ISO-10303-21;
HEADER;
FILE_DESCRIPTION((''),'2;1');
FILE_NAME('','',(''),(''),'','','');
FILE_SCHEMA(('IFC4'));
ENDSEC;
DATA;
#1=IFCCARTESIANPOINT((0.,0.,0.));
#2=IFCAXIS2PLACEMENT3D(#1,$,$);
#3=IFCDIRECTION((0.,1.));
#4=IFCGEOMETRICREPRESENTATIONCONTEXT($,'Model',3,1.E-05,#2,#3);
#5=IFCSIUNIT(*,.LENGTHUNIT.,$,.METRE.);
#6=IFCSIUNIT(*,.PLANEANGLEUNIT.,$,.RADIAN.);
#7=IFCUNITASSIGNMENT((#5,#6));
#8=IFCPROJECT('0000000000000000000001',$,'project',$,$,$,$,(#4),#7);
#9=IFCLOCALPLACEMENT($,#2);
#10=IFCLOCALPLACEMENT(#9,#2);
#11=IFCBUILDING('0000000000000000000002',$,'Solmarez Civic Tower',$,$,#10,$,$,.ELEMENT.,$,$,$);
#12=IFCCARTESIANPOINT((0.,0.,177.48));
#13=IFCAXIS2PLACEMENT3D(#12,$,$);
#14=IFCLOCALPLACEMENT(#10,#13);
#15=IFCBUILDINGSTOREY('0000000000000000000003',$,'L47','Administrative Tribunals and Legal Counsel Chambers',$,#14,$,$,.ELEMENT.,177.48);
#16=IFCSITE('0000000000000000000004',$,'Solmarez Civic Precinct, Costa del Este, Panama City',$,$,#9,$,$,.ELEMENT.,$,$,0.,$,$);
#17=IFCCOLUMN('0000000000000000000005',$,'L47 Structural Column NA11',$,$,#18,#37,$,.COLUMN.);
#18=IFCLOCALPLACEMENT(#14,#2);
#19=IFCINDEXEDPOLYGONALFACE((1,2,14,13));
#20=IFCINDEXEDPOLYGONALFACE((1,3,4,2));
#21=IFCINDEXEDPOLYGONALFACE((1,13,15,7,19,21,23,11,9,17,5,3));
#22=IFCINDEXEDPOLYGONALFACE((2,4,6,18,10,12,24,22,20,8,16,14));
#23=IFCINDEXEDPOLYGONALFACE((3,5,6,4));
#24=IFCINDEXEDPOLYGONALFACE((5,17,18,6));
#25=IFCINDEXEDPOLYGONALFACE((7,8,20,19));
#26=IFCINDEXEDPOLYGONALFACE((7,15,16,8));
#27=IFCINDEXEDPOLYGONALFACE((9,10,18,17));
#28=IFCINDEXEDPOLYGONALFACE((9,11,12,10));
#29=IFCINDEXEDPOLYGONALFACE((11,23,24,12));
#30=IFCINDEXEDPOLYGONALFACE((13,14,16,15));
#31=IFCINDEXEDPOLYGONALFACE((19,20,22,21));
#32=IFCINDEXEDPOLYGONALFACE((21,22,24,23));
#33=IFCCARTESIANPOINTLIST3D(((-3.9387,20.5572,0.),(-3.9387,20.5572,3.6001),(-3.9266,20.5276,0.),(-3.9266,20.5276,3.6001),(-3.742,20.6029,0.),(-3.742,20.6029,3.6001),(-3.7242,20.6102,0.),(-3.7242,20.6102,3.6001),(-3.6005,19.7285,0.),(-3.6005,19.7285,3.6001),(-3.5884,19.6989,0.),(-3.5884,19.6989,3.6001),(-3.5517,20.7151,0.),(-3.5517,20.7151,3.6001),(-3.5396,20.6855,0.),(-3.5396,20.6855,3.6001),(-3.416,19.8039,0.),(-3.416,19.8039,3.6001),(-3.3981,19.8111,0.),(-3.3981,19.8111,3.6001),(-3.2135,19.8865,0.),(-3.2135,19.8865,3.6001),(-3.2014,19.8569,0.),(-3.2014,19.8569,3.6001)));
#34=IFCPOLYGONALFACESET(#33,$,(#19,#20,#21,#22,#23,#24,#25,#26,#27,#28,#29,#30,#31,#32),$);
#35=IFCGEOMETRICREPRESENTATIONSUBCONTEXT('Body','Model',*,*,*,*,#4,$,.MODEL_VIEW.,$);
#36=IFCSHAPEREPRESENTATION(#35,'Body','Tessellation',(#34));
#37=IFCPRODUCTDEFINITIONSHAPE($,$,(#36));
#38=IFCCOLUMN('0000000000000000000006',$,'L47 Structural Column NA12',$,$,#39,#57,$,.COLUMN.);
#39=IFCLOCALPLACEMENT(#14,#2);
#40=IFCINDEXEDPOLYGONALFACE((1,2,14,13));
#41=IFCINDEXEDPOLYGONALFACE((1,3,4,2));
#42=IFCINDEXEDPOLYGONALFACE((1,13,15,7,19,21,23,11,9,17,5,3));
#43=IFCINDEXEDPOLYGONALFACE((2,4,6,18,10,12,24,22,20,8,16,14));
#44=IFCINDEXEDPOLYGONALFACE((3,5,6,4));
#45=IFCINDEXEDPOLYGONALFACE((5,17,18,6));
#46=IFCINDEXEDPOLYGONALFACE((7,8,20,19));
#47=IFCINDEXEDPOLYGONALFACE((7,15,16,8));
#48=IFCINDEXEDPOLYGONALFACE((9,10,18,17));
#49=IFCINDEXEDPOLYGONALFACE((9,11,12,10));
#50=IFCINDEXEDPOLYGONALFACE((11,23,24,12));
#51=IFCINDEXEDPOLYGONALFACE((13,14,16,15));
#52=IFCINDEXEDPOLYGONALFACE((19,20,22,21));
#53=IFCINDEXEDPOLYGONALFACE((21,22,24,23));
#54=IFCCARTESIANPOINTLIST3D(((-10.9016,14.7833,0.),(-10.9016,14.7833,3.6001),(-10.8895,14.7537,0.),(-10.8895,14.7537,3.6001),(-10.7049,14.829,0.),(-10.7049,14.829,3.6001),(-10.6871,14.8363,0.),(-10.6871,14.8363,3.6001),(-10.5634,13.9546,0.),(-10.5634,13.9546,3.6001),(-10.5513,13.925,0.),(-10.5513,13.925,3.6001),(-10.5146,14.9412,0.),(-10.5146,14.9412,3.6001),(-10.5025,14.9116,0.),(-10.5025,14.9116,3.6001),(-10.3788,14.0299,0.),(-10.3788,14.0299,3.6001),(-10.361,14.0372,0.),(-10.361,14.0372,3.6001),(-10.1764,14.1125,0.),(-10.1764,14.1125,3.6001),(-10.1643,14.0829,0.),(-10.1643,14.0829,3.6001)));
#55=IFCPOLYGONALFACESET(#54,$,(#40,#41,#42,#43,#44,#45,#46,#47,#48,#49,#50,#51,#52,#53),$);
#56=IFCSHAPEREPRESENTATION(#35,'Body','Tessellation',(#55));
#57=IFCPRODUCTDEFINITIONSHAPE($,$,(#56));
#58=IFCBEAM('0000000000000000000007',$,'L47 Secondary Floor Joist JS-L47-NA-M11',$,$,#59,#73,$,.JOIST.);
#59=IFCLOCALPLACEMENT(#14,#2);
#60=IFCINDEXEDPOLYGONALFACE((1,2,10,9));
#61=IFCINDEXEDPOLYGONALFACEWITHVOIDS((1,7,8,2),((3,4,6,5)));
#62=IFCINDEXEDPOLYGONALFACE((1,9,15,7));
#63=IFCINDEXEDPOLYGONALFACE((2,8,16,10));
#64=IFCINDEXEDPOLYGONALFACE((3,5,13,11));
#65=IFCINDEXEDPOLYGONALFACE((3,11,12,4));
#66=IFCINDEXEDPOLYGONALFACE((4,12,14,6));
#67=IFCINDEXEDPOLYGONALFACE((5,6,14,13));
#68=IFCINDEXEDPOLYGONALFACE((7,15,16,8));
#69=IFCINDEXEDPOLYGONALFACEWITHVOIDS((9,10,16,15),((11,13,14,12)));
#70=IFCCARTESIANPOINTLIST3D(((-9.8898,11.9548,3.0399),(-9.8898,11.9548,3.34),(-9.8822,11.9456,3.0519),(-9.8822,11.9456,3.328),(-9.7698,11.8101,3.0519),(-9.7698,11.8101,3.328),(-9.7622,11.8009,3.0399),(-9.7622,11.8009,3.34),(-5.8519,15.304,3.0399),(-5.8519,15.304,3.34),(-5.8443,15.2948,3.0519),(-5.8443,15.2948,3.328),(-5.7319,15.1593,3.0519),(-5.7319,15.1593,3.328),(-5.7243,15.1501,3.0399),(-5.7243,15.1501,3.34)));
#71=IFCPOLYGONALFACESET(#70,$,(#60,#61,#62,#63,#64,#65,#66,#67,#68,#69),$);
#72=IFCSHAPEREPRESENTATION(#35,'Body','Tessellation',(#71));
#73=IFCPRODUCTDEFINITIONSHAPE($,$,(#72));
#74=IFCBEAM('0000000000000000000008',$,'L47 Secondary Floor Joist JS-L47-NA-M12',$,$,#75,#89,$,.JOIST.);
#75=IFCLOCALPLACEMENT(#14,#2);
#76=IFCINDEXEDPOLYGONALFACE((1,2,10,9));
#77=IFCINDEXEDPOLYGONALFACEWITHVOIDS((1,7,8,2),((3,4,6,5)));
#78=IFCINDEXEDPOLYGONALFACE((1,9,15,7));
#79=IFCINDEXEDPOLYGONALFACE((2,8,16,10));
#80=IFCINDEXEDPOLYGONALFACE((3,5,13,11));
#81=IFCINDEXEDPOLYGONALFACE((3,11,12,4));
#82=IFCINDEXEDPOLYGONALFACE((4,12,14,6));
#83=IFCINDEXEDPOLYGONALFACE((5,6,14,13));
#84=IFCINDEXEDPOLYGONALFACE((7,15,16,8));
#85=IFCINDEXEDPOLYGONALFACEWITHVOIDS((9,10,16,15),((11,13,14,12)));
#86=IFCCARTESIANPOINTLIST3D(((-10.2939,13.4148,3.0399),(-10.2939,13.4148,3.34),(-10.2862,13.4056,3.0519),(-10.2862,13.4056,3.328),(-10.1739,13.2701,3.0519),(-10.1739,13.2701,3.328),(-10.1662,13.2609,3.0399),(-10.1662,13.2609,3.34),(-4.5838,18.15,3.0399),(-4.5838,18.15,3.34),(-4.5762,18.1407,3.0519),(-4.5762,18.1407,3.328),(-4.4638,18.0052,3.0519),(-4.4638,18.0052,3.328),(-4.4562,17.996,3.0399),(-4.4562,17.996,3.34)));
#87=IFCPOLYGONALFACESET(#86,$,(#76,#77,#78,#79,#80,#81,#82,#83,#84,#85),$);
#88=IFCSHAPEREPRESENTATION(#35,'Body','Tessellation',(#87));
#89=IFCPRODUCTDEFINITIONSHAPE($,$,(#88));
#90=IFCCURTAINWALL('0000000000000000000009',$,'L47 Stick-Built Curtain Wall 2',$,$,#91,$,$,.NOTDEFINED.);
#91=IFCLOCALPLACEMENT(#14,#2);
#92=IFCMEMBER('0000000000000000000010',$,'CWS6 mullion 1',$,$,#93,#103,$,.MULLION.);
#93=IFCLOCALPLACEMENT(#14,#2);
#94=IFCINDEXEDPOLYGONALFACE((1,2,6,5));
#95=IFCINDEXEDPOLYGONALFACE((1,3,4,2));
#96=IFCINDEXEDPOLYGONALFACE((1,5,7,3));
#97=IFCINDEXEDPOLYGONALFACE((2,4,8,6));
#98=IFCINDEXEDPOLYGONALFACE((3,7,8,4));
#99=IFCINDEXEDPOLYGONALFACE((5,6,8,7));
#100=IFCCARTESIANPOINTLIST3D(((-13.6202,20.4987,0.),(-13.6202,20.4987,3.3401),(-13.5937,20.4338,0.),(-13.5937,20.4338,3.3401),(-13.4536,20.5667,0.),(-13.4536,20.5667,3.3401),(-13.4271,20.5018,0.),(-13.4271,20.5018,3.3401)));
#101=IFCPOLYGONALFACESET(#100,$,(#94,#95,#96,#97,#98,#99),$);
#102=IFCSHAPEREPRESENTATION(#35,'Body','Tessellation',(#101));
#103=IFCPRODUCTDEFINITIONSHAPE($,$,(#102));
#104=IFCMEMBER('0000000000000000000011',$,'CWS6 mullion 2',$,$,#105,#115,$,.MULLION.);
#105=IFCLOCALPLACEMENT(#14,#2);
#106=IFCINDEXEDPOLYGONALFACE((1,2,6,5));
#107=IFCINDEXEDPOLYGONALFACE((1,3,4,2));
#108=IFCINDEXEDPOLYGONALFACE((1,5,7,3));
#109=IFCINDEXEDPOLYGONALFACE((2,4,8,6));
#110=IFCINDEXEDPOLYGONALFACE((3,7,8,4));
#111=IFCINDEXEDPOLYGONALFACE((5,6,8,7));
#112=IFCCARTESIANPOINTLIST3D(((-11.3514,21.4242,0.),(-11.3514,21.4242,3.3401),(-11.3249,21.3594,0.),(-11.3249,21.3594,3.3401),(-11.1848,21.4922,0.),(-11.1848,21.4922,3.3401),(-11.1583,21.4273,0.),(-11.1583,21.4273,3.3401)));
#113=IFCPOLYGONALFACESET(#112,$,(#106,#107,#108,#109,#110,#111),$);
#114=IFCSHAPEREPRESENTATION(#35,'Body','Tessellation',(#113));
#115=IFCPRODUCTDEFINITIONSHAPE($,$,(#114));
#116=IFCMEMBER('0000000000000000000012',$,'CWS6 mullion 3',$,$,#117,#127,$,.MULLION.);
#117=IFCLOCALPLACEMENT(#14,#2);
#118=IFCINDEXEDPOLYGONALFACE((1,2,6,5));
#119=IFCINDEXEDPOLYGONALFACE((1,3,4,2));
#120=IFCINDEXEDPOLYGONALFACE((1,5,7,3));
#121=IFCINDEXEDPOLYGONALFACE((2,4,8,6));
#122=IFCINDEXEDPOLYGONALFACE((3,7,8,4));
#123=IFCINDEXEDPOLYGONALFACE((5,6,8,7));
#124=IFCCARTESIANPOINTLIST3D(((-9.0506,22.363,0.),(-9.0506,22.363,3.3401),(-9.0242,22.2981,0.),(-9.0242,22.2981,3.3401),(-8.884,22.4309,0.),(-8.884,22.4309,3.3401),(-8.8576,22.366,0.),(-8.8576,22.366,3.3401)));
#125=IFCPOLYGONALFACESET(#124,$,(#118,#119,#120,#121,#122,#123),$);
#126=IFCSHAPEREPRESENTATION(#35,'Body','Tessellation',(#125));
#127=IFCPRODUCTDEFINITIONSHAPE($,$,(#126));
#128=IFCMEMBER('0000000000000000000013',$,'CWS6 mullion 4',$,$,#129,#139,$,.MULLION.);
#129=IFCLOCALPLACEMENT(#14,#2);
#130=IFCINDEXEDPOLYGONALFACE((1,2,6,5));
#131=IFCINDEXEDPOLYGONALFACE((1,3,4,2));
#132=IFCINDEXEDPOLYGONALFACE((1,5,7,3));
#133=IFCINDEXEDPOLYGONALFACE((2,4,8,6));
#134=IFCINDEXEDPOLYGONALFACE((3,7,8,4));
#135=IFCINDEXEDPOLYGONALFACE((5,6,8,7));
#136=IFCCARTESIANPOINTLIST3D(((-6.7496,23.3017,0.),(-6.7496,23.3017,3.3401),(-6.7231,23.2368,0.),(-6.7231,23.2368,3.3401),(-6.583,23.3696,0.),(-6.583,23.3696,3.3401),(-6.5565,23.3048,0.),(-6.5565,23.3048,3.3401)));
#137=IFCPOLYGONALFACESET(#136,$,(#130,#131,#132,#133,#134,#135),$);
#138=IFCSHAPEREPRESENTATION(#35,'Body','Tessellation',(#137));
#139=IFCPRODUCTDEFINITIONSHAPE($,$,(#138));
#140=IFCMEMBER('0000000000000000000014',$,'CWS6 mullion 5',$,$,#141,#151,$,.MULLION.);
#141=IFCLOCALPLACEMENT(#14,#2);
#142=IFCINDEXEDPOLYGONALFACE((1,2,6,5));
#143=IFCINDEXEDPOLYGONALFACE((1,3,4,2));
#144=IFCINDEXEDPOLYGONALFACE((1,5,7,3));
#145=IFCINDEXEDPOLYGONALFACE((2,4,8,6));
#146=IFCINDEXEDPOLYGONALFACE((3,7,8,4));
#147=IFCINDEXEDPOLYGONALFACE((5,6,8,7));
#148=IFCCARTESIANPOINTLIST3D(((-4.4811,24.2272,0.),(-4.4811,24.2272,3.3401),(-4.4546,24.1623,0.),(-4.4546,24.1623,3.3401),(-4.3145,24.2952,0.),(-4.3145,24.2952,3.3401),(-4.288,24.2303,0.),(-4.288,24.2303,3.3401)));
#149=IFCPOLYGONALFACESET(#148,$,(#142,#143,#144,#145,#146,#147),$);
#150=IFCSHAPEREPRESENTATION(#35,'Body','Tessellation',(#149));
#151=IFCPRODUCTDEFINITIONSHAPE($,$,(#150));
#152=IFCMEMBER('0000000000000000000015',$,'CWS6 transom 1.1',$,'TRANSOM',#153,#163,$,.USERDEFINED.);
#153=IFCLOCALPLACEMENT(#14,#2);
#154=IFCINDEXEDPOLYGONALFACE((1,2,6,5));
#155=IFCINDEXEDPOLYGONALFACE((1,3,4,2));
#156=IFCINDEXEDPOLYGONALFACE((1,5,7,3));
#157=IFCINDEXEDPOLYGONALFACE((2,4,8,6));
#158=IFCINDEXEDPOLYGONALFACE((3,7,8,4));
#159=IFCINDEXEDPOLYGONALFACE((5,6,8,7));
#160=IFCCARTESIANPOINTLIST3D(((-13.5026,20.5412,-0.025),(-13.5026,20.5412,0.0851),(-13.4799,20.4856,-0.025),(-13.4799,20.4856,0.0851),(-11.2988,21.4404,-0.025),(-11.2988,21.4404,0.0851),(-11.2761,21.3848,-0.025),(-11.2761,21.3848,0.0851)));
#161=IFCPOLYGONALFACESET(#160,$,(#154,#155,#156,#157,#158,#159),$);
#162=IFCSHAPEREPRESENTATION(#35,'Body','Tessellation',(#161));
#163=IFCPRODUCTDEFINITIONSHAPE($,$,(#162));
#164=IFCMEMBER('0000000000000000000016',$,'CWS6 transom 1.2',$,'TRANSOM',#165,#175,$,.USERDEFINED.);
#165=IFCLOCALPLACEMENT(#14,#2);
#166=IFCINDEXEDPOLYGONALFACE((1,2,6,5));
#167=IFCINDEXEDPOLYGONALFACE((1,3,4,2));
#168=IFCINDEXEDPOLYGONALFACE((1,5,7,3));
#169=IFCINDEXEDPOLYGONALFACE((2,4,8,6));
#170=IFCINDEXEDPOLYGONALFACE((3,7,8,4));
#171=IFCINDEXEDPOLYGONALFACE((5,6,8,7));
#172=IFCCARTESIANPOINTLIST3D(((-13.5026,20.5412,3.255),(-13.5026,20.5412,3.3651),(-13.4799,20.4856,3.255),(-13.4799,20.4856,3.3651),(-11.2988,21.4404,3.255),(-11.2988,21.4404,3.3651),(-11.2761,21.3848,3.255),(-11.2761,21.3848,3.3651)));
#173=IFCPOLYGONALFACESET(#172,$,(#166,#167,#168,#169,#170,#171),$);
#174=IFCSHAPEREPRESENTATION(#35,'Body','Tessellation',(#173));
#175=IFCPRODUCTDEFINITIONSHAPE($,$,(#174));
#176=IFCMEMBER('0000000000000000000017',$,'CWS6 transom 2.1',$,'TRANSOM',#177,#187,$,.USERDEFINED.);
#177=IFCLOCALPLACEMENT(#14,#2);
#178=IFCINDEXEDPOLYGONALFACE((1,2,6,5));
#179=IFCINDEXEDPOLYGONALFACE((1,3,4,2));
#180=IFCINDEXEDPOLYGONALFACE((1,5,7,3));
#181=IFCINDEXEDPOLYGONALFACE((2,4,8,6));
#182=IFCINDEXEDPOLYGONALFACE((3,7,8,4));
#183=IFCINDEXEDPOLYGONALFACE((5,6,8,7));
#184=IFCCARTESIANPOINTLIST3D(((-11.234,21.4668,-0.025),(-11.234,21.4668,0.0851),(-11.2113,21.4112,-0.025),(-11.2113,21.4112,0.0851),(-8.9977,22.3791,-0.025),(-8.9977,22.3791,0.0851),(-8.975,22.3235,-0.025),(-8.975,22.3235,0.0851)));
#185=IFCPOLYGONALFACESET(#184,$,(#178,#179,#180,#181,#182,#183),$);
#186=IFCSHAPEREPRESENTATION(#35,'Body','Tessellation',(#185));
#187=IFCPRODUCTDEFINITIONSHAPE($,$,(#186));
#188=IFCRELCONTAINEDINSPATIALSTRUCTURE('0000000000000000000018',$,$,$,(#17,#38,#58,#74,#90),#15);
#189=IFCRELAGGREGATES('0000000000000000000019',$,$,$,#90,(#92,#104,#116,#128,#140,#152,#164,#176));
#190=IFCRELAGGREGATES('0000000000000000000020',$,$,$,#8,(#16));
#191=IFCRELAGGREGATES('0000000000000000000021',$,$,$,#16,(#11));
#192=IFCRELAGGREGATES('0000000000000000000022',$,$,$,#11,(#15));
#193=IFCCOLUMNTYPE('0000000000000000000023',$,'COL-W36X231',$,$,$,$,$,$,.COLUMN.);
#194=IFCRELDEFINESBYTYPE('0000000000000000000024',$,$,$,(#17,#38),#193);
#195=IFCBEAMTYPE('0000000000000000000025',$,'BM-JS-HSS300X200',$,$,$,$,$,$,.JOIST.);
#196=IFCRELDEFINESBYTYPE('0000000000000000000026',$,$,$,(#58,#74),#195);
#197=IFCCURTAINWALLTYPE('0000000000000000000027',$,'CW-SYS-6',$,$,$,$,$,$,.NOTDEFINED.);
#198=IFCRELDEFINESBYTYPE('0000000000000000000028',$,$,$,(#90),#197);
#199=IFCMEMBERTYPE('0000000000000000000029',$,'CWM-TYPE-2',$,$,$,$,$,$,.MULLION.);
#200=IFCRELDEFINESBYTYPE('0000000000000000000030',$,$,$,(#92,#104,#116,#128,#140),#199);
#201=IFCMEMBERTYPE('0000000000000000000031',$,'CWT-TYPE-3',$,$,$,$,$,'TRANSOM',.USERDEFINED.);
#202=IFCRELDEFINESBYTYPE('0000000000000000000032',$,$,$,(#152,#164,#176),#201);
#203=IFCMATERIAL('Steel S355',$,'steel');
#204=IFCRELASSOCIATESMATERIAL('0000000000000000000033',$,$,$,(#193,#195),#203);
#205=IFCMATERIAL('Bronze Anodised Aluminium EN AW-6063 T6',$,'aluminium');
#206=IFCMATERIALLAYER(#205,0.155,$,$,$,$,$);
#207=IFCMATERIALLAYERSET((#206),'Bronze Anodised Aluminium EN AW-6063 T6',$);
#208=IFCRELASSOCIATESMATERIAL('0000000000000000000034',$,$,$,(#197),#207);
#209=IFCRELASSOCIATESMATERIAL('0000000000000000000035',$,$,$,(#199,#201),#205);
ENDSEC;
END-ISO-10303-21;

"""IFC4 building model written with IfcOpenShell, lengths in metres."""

from ifc_helpers import new_model, si_unit, direction, frame, origin, origin_2d, place, context, subcontext, project, spatial, rectangle, hollow_rectangle, i_section, extrude, material, layer, layer_set, material_profile, profile_set, type_object, element, aggregate, save


model = new_model("IFC4")

# Units and contexts
model_context = context("Model", 3, precision=1e-05, world=origin(), true_north=direction((0.0, 1.0)))
body_context = subcontext(model_context, "Body", "Model", "MODEL_VIEW")
ifc_project = project(units=[si_unit("LENGTHUNIT", "METRE"), si_unit("PLANEANGLEUNIT", "RADIAN")], contexts=[model_context])

# Site, building, storey
site_placement = place(None, origin())
site = spatial("IfcSite", under=ifc_project, at=site_placement, Name="Solmarez Civic Precinct, Costa del Este, Panama City", CompositionType="ELEMENT", RefElevation=0.0)
building_placement = place(site_placement, origin())
building = spatial("IfcBuilding", under=site, at=building_placement, Name="Solmarez Civic Tower", CompositionType="ELEMENT")
storey_placement = place(building_placement, frame((0.0, 0.0, 177.48)))
storey = spatial("IfcBuildingStorey", under=building, at=storey_placement, Name="L47", Description="Administrative Tribunals and Legal Counsel Chambers", CompositionType="ELEMENT", Elevation=177.48)

# Columns
ifc_material_1 = material(Name="Steel S355", Category="steel")
ifc_material_profile_1 = material_profile(ifc_material_1, i_section(OverallWidth=0.418, OverallDepth=0.927, WebThickness=0.0193, FlangeThickness=0.032, at=origin_2d()), Name="W36X231")
ifc_profile_set_1 = profile_set([ifc_material_profile_1], Name="Steel S355")
column_type = type_object("IfcColumnType", Name="COL-W36X231", PredefinedType="COLUMN", material=ifc_profile_set_1)
for number, where, z_axis, x_axis, name in (
    (1, (-3.5701, 20.207, 0.0), (0.0, 0.0, 1.0), (0.925871, 0.377841, 0.0), "L47 Structural Column NA11"),
    (2, (-10.533, 14.4331, 0.0), (0.0, 0.0, 1.0), (0.925871, 0.377841, 0.0), "L47 Structural Column NA12"),
):
    element("IfcColumn", number, at=place(storey_placement, frame(where, z_axis=z_axis, x_axis=x_axis)), inside=storey, type_object=column_type, Name=name, PredefinedType="COLUMN", context=body_context, shape_type="SweptSolid", body=[
        extrude(i_section(OverallWidth=0.418, OverallDepth=0.927, WebThickness=0.0193, FlangeThickness=0.032, at=origin_2d()), origin(), (0.0, 0.0, 1.0), 3.6001),
    ])

# Beams
ifc_material_profile_2 = material_profile(ifc_material_1, hollow_rectangle(XDim=0.2, YDim=0.3, WallThickness=0.012, at=origin_2d()), Name="HSS300X200X12")
ifc_profile_set_2 = profile_set([ifc_material_profile_2], Name="Steel S355")
beam_type = type_object("IfcBeamType", Name="BM-JS-HSS300X200", PredefinedType="JOIST", material=ifc_profile_set_2)
beam_1_placement = place(storey_placement, frame((-5.7881, 15.2271, 3.1899), z_axis=(-0.769695, -0.638411, 0.0), x_axis=(0.638411, -0.769695, 0.0)))
element("IfcBeam", 3, at=beam_1_placement, inside=storey, type_object=beam_type, Name="L47 Secondary Floor Joist JS-L47-NA-M11", PredefinedType="JOIST", context=body_context, shape_type="SweptSolid", body=[
    extrude(hollow_rectangle(XDim=0.2, YDim=0.3, WallThickness=0.012, at=origin_2d()), origin(), (0.0, 0.0, 1.0), 5.2461),
])
beam_2_placement = place(storey_placement, frame((-4.52, 18.073, 3.1899), z_axis=(-0.769757, -0.638337, 0.0), x_axis=(0.638337, -0.769757, 0.0)))
element("IfcBeam", 4, at=beam_2_placement, inside=storey, type_object=beam_type, Name="L47 Secondary Floor Joist JS-L47-NA-M12", PredefinedType="JOIST", context=body_context, shape_type="SweptSolid", body=[
    extrude(hollow_rectangle(XDim=0.2, YDim=0.3, WallThickness=0.012, at=origin_2d()), origin(), (0.0, 0.0, 1.0), 7.418),
])

# Curtain wall, members
ifc_material_2 = material(Name="Bronze Anodised Aluminium EN AW-6063 T6", Category="aluminium")
ifc_layer_1 = layer(ifc_material_2, 0.155)
ifc_layer_set_1 = layer_set([ifc_layer_1], Name="Bronze Anodised Aluminium EN AW-6063 T6")
curtain_wall_type = type_object("IfcCurtainWallType", Name="CW-SYS-6", PredefinedType="NOTDEFINED", material=ifc_layer_set_1)
curtain_wall_placement = place(storey_placement, origin())
curtain_wall = element("IfcCurtainWall", 5, at=curtain_wall_placement, inside=storey, type_object=curtain_wall_type, Name="L47 Stick-Built Curtain Wall 2", PredefinedType="NOTDEFINED")
ifc_material_profile_3 = material_profile(ifc_material_2, rectangle(XDim=0.0701, YDim=0.1799, at=origin_2d()), Name="CWM-70X180")
ifc_profile_set_3 = profile_set([ifc_material_profile_3], Name="Bronze Anodised Aluminium EN AW-6063 T6")
member_type_1 = type_object("IfcMemberType", Name="CWM-TYPE-2", PredefinedType="MULLION", material=ifc_profile_set_3)
member_1_placement = place(storey_placement, frame((-13.5237, 20.5002, 0.0), z_axis=(0.0, 0.0, 1.0), x_axis=(-0.377747, 0.925909, 0.0)))
member_1 = element("IfcMember", 6, at=member_1_placement, type_object=member_type_1, Name="CWS6 mullion 1", PredefinedType="MULLION", context=body_context, shape_type="SweptSolid", body=[
    extrude(rectangle(XDim=0.0701, YDim=0.1799, at=origin_2d()), origin(), (0.0, 0.0, 1.0), 3.3401),
])
member_2_placement = place(storey_placement, frame((-11.2549, 21.4258, 0.0), z_axis=(0.0, 0.0, 1.0), x_axis=(-0.377747, 0.925909, 0.0)))
member_2 = element("IfcMember", 7, at=member_2_placement, type_object=member_type_1, Name="CWS6 mullion 2", PredefinedType="MULLION", context=body_context, shape_type="SweptSolid", body=[
    extrude(rectangle(XDim=0.0701, YDim=0.1799, at=origin_2d()), origin(), (0.0, 0.0, 1.0), 3.3401),
])
member_3_placement = place(storey_placement, frame((-8.9541, 22.3645, 0.0), z_axis=(0.0, 0.0, 1.0), x_axis=(-0.377747, 0.925909, 0.0)))
member_3 = element("IfcMember", 8, at=member_3_placement, type_object=member_type_1, Name="CWS6 mullion 3", PredefinedType="MULLION", context=body_context, shape_type="SweptSolid", body=[
    extrude(rectangle(XDim=0.0701, YDim=0.1799, at=origin_2d()), origin(), (0.0, 0.0, 1.0), 3.3401),
])
member_4_placement = place(storey_placement, frame((-6.6531, 23.3032, 0.0), z_axis=(0.0, 0.0, 1.0), x_axis=(-0.377747, 0.925909, 0.0)))
member_4 = element("IfcMember", 9, at=member_4_placement, type_object=member_type_1, Name="CWS6 mullion 4", PredefinedType="MULLION", context=body_context, shape_type="SweptSolid", body=[
    extrude(rectangle(XDim=0.0701, YDim=0.1799, at=origin_2d()), origin(), (0.0, 0.0, 1.0), 3.3401),
])
member_5_placement = place(storey_placement, frame((-4.3845, 24.2288, 0.0), z_axis=(0.0, 0.0, 1.0), x_axis=(-0.377747, 0.925909, 0.0)))
member_5 = element("IfcMember", 10, at=member_5_placement, type_object=member_type_1, Name="CWS6 mullion 5", PredefinedType="MULLION", context=body_context, shape_type="SweptSolid", body=[
    extrude(rectangle(XDim=0.0701, YDim=0.1799, at=origin_2d()), origin(), (0.0, 0.0, 1.0), 3.3401),
])
ifc_material_profile_4 = material_profile(ifc_material_2, rectangle(XDim=0.0601, YDim=0.1101, at=origin_2d()), Name="CWT-60X110")
ifc_profile_set_4 = profile_set([ifc_material_profile_4], Name="Bronze Anodised Aluminium EN AW-6063 T6")
member_type_2 = type_object("IfcMemberType", Name="CWT-TYPE-3", ElementType="TRANSOM", PredefinedType="USERDEFINED", material=ifc_profile_set_4)
member_6_placement = place(storey_placement, frame((-13.4912, 20.5134, 0.03), z_axis=(0.925901, 0.377766, 0.0), x_axis=(-0.377766, 0.925901, 0.0)))
member_6 = element("IfcMember", 11, at=member_6_placement, type_object=member_type_2, Name="CWS6 transom 1.1", ObjectType="TRANSOM", PredefinedType="USERDEFINED", context=body_context, shape_type="SweptSolid", body=[
    extrude(rectangle(XDim=0.0601, YDim=0.1101, at=origin_2d()), origin(), (0.0, 0.0, 1.0), 2.3801),
])
member_7_placement = place(storey_placement, frame((-13.4912, 20.5134, 3.3101), z_axis=(0.925901, 0.377766, 0.0), x_axis=(-0.377766, 0.925901, 0.0)))
member_7 = element("IfcMember", 12, at=member_7_placement, type_object=member_type_2, Name="CWS6 transom 1.2", ObjectType="TRANSOM", PredefinedType="USERDEFINED", context=body_context, shape_type="SweptSolid", body=[
    extrude(rectangle(XDim=0.0601, YDim=0.1101, at=origin_2d()), origin(), (0.0, 0.0, 1.0), 2.3801),
])
member_8_placement = place(storey_placement, frame((-11.2227, 21.439, 0.03), z_axis=(0.92591, 0.377743, 0.0), x_axis=(-0.377743, 0.92591, 0.0)))
member_8 = element("IfcMember", 13, at=member_8_placement, type_object=member_type_2, Name="CWS6 transom 2.1", ObjectType="TRANSOM", PredefinedType="USERDEFINED", context=body_context, shape_type="SweptSolid", body=[
    extrude(rectangle(XDim=0.0601, YDim=0.1101, at=origin_2d()), origin(), (0.0, 0.0, 1.0), 2.4153),
])
aggregate(curtain_wall, [member_1, member_2, member_3, member_4, member_5, member_6, member_7, member_8])

save(model, "model.ifc")
